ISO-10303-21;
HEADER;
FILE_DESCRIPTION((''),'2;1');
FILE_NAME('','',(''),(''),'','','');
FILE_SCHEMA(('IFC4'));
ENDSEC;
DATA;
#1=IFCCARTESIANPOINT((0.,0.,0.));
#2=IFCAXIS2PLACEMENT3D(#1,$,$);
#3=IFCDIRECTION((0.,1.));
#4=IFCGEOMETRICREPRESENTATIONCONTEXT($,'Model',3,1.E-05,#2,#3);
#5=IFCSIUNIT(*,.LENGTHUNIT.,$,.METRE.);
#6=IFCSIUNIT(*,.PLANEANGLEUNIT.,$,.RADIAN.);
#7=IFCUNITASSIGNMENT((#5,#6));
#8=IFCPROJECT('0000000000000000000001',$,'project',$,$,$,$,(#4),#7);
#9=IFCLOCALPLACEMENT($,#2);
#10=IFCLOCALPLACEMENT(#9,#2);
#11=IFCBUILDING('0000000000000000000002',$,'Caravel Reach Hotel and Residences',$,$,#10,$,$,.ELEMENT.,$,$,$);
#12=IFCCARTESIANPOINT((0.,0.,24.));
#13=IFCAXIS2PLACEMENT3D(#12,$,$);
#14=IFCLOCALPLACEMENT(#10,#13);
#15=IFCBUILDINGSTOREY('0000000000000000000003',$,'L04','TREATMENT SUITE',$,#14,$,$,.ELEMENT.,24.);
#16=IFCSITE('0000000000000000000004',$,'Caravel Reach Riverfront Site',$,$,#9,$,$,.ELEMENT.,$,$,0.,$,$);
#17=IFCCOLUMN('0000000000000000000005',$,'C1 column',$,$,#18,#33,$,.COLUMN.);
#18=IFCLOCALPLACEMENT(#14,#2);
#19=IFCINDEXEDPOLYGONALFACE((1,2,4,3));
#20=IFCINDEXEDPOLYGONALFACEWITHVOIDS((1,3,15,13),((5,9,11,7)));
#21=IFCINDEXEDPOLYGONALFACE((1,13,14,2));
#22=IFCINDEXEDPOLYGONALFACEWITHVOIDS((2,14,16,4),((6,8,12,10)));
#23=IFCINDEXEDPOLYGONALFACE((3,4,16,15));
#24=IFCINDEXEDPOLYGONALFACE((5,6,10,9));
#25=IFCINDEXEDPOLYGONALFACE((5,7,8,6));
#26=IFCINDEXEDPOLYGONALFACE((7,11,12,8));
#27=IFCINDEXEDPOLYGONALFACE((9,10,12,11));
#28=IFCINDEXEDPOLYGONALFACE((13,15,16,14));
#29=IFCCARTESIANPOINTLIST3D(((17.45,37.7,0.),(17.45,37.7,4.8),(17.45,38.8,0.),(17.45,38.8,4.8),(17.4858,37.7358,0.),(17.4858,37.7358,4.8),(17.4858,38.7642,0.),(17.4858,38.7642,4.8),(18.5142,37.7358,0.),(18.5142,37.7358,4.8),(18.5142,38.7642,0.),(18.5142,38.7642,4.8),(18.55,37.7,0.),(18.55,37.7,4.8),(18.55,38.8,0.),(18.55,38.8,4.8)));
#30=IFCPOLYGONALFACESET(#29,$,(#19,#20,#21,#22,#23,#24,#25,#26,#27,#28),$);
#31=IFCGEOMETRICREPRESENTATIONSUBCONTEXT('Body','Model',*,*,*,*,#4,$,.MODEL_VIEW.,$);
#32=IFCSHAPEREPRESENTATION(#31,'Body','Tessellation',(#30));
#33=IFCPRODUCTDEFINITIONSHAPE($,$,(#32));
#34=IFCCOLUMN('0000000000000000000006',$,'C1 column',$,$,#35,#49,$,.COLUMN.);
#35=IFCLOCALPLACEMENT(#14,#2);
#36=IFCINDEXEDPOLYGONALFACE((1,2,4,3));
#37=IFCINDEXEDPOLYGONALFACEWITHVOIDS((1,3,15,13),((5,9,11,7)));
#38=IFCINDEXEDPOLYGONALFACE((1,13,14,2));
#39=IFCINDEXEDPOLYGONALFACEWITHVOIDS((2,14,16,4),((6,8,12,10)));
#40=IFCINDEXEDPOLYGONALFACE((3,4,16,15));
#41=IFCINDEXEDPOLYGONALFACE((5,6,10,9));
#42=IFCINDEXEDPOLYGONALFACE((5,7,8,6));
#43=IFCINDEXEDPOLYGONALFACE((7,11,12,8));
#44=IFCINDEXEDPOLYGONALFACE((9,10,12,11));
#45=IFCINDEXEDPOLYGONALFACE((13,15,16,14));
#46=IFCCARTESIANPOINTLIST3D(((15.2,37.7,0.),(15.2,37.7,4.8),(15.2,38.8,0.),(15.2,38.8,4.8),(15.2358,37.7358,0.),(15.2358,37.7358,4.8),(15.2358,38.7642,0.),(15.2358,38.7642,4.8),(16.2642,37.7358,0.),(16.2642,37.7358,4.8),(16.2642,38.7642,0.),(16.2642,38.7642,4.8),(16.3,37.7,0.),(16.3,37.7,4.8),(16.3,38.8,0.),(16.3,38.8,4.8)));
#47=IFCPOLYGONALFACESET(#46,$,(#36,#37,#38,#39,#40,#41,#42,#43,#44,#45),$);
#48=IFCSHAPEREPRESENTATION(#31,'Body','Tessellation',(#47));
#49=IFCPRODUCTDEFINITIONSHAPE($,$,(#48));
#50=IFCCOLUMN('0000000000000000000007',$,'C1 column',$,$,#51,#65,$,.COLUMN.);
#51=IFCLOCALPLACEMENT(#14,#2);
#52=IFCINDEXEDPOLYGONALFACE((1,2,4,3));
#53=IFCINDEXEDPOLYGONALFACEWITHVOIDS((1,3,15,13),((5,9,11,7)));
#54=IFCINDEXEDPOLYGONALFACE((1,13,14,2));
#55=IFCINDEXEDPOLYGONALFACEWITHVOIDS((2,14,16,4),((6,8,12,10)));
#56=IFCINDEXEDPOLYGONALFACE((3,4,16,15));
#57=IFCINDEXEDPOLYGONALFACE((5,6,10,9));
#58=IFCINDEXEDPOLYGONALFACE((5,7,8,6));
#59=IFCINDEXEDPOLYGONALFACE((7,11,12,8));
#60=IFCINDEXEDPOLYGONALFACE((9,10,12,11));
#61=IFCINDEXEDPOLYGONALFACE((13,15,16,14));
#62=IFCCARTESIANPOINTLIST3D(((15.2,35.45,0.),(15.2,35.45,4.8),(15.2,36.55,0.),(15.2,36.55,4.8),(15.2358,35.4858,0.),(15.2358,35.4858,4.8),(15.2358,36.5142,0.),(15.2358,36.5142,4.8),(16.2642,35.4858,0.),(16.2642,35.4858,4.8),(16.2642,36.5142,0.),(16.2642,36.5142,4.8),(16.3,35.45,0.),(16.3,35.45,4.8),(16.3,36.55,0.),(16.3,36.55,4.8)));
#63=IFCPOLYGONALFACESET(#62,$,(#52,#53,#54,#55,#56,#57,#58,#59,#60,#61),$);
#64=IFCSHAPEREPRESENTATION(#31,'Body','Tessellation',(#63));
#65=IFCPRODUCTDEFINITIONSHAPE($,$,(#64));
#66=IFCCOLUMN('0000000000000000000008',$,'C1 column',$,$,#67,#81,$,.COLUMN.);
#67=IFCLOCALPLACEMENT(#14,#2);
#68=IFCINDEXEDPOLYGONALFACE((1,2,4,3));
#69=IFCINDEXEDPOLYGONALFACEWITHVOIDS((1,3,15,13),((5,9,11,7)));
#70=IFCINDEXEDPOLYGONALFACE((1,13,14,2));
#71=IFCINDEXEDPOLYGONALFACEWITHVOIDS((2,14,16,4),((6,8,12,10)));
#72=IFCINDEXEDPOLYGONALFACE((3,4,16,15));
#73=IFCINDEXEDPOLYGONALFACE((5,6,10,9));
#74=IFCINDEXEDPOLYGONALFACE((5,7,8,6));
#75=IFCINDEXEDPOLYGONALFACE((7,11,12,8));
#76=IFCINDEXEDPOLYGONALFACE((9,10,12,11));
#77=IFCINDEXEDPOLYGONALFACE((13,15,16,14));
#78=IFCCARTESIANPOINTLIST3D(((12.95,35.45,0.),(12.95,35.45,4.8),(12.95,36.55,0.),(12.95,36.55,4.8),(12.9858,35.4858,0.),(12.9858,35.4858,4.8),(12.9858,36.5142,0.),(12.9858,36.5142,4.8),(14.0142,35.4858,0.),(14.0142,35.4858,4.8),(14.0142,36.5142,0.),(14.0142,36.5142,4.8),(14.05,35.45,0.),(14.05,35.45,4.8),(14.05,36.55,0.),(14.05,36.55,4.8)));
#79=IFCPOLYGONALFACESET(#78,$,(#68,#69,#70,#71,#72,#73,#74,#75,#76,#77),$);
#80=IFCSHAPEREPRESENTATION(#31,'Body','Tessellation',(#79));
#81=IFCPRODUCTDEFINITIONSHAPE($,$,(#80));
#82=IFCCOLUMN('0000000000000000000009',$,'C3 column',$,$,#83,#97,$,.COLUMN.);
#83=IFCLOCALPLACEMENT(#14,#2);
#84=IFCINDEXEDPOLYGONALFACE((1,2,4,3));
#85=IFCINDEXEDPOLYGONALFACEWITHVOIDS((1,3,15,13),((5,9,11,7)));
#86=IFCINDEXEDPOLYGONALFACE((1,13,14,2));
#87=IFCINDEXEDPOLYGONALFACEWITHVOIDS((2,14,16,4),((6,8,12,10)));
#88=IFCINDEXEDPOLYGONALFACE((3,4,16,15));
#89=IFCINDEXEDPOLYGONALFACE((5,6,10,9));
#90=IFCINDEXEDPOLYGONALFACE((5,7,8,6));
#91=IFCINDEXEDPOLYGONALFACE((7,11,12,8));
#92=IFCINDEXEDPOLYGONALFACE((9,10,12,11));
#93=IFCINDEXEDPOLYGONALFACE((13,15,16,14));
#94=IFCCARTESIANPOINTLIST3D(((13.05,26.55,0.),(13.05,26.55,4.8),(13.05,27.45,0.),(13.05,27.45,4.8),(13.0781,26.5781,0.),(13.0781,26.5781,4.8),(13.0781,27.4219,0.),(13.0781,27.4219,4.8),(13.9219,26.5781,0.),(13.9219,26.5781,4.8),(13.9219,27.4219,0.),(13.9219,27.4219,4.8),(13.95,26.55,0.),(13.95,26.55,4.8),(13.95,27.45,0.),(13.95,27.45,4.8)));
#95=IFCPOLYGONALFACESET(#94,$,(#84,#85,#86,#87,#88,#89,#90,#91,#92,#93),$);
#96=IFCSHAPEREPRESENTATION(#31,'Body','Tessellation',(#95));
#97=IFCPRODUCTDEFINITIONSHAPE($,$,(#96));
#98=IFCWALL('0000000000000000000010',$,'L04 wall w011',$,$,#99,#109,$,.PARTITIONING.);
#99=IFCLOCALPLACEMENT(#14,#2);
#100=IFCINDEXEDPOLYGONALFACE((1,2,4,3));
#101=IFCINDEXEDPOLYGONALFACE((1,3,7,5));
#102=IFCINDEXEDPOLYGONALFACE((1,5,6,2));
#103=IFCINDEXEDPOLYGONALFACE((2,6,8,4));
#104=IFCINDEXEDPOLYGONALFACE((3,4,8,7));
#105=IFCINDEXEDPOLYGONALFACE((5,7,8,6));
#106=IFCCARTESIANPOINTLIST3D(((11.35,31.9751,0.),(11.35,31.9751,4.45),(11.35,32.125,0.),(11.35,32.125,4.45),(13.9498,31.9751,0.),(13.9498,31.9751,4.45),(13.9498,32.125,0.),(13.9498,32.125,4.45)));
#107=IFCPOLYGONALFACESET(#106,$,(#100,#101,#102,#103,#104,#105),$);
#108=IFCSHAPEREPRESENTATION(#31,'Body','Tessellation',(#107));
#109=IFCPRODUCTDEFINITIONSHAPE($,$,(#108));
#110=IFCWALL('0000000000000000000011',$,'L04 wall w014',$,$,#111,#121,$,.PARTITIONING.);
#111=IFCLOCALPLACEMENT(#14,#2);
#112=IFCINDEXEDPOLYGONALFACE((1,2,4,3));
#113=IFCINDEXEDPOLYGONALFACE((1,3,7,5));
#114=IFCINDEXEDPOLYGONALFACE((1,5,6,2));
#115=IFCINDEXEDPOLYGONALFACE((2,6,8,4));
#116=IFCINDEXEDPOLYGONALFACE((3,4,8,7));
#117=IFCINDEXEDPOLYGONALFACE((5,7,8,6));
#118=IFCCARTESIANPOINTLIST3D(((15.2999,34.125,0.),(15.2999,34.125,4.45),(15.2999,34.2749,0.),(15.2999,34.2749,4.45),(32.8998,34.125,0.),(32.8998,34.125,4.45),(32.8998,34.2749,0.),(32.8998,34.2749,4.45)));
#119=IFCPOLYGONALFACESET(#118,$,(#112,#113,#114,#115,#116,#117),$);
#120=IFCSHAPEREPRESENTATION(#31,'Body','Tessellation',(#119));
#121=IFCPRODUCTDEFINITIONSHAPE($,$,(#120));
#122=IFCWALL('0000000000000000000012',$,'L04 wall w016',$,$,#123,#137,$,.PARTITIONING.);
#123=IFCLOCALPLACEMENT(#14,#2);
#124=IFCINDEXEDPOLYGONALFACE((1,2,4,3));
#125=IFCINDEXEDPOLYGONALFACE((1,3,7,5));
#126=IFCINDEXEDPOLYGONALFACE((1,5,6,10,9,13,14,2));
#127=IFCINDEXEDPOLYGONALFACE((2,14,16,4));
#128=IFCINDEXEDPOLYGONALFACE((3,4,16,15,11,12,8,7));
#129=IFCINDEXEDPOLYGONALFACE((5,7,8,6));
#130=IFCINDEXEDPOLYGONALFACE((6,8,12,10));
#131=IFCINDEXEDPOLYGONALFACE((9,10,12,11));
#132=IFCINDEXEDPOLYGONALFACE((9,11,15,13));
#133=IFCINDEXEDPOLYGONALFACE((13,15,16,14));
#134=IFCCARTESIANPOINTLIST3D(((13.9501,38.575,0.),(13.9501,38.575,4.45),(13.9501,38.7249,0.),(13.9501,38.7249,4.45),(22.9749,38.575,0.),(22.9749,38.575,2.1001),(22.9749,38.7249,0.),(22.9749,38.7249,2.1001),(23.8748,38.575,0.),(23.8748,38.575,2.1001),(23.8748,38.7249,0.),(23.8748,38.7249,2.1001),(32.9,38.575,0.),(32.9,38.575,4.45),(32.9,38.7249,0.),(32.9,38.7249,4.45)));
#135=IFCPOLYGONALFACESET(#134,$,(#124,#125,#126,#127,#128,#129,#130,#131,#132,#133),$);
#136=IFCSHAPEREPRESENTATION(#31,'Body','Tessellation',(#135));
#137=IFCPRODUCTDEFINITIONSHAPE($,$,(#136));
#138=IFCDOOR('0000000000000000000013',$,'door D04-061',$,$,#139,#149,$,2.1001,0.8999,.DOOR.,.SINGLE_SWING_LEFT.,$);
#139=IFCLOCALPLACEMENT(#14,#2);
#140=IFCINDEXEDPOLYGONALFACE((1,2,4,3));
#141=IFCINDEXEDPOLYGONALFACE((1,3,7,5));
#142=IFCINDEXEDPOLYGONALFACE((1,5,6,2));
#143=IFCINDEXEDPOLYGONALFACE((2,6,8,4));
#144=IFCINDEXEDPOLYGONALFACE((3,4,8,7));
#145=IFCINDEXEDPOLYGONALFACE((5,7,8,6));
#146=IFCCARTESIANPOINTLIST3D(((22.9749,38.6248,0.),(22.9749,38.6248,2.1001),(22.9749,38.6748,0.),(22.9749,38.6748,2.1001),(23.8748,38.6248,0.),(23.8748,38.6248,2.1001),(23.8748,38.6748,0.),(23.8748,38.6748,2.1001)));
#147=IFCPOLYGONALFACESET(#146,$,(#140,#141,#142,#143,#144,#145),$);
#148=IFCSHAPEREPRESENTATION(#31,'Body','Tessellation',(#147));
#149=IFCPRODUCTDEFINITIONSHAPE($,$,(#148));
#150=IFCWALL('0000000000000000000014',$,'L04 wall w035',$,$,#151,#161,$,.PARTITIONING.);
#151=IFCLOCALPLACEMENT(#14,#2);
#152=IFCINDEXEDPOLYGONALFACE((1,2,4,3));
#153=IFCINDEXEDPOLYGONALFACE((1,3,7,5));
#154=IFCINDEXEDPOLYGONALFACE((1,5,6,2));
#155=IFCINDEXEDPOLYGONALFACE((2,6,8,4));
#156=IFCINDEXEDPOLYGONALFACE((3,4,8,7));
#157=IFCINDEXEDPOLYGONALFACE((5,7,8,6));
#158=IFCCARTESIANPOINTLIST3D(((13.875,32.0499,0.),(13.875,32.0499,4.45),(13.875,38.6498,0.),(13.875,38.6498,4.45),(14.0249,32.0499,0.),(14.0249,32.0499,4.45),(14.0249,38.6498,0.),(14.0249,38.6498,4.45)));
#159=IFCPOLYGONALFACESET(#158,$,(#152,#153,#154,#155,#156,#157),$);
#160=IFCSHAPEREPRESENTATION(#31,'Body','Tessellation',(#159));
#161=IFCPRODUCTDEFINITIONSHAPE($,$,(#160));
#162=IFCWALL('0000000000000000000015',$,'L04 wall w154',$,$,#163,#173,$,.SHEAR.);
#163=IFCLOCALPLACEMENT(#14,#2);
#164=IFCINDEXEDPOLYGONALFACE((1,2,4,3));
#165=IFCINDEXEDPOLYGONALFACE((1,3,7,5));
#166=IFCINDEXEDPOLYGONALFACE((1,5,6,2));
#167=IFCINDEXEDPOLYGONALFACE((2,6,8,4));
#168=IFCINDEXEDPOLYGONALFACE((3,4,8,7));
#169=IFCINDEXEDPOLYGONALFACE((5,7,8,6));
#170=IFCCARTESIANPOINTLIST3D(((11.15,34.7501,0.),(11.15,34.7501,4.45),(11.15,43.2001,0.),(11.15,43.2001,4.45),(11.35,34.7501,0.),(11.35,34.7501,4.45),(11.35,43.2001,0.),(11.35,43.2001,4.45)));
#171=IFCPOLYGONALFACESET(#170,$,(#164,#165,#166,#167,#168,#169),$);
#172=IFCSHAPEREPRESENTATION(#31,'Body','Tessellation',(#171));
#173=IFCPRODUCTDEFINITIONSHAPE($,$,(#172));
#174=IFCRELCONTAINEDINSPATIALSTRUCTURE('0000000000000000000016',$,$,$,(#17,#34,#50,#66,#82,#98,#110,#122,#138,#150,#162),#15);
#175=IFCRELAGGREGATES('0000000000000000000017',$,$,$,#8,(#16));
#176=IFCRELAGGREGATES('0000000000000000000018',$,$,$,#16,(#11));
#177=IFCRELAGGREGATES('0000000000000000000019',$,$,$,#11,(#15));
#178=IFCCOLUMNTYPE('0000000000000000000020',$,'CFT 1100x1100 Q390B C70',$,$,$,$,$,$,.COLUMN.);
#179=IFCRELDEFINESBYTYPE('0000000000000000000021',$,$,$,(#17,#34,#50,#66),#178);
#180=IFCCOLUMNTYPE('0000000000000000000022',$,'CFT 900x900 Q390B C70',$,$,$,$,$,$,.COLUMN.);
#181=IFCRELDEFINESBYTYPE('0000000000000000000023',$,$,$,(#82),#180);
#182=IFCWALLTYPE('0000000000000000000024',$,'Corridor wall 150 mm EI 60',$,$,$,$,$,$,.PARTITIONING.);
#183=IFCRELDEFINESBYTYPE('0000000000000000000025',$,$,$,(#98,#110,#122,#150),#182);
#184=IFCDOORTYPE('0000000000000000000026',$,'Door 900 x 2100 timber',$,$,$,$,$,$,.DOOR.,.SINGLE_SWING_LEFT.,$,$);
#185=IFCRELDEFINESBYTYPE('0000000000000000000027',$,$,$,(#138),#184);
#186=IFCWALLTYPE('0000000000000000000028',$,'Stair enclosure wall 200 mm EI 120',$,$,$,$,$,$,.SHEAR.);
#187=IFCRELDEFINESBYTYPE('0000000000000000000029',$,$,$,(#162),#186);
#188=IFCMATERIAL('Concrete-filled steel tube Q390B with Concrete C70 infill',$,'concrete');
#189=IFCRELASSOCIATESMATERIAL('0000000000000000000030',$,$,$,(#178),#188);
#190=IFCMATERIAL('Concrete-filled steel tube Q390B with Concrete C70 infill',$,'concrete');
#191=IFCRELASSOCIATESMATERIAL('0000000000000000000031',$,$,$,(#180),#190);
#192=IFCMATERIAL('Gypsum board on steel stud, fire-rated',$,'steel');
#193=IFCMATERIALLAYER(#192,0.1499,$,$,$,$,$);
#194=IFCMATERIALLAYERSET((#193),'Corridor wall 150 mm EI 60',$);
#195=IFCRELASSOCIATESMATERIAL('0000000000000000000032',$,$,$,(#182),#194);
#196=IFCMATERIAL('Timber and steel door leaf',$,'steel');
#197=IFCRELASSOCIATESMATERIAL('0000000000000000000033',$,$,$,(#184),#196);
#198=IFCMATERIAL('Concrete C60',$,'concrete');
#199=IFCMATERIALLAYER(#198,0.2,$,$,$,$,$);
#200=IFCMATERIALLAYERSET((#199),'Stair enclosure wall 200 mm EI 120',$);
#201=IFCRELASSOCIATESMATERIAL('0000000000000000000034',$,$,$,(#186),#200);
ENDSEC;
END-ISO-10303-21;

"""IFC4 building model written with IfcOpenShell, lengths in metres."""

from ifc_helpers import new_model, si_unit, direction, frame, frame_2d, origin, origin_2d, place, context, subcontext, project, spatial, rectangle, hollow_rectangle, extrude, material, layer, layer_set, material_profile, profile_set, type_object, element, fill, save


model = new_model("IFC4")

# Units and contexts
model_context = context("Model", 3, precision=1e-05, world=origin(), true_north=direction((0.0, 1.0)))
body_context = subcontext(model_context, "Body", "Model", "MODEL_VIEW")
ifc_project = project(units=[si_unit("LENGTHUNIT", "METRE"), si_unit("PLANEANGLEUNIT", "RADIAN")], contexts=[model_context])

# Site, building, storey
site_placement = place(None, origin())
site = spatial("IfcSite", under=ifc_project, at=site_placement, Name="Caravel Reach Riverfront Site", CompositionType="ELEMENT", RefElevation=0.0)
building_placement = place(site_placement, origin())
building = spatial("IfcBuilding", under=site, at=building_placement, Name="Caravel Reach Hotel and Residences", CompositionType="ELEMENT")
storey_placement = place(building_placement, frame((0.0, 0.0, 24.0)))
storey = spatial("IfcBuildingStorey", under=building, at=storey_placement, Name="L04", Description="TREATMENT SUITE", CompositionType="ELEMENT", Elevation=24.0)

# Columns
ifc_material_1 = material(Name="Concrete-filled steel tube Q390B with Concrete C70 infill", Category="concrete")
ifc_material_profile_1 = material_profile(ifc_material_1, hollow_rectangle(XDim=1.1001, YDim=1.1001, WallThickness=0.0359, at=origin_2d()), Name="RHS 1100x1100x36")
ifc_profile_set_1 = profile_set([ifc_material_profile_1], Name="Concrete-filled steel tube Q390B with Concrete C70 infill")
column_type_1 = type_object("IfcColumnType", Name="CFT 1100x1100 Q390B C70", PredefinedType="COLUMN", material=ifc_profile_set_1)
for number, where, z_axis, x_axis, name in (
    (1, (18.0, 38.25, 0.0), (0.0, 0.0, 1.0), (1.0, 0.0, 0.0), "C1 column"),
    (2, (15.75, 38.25, 0.0), (0.0, 0.0, 1.0), (1.0, 0.0, 0.0), "C1 column"),
    (3, (15.75, 36.0, 0.0), (0.0, 0.0, 1.0), (1.0, 0.0, 0.0), "C1 column"),
    (4, (13.5, 36.0, 0.0), (0.0, 0.0, 1.0), (1.0, 0.0, 0.0), "C1 column"),
):
    element("IfcColumn", number, at=place(storey_placement, frame(where, z_axis=z_axis, x_axis=x_axis)), inside=storey, type_object=column_type_1, Name=name, PredefinedType="COLUMN", context=body_context, shape_type="SweptSolid", body=[
        extrude(hollow_rectangle(XDim=1.1001, YDim=1.1001, WallThickness=0.0359, at=origin_2d()), origin(), (0.0, 0.0, 1.0), 4.8),
    ])
ifc_material_2 = material(Name="Concrete-filled steel tube Q390B with Concrete C70 infill", Category="concrete")
ifc_material_profile_2 = material_profile(ifc_material_2, hollow_rectangle(XDim=0.8999, YDim=0.8999, WallThickness=0.0281, at=origin_2d()), Name="RHS 900x900x28")
ifc_profile_set_2 = profile_set([ifc_material_profile_2], Name="Concrete-filled steel tube Q390B with Concrete C70 infill")
column_type_2 = type_object("IfcColumnType", Name="CFT 900x900 Q390B C70", PredefinedType="COLUMN", material=ifc_profile_set_2)
column_placement = place(storey_placement, frame((13.5, 27.0, 0.0), z_axis=(0.0, 0.0, 1.0), x_axis=(1.0, 0.0, 0.0)))
element("IfcColumn", 5, at=column_placement, inside=storey, type_object=column_type_2, Name="C3 column", PredefinedType="COLUMN", context=body_context, shape_type="SweptSolid", body=[
    extrude(hollow_rectangle(XDim=0.8999, YDim=0.8999, WallThickness=0.0281, at=origin_2d()), origin(), (0.0, 0.0, 1.0), 4.8),
])

# Walls
ifc_material_3 = material(Name="Gypsum board on steel stud, fire-rated", Category="steel")
ifc_layer_1 = layer(ifc_material_3, 0.1499)
ifc_layer_set_1 = layer_set([ifc_layer_1], Name="Corridor wall 150 mm EI 60")
wall_type_1 = type_object("IfcWallType", Name="Corridor wall 150 mm EI 60", PredefinedType="PARTITIONING", material=ifc_layer_set_1)
wall_1_placement = place(storey_placement, frame((11.3501, 32.05, 0.0), z_axis=(0.0, 0.0, 1.0), x_axis=(1.0, 0.0, 0.0)))
element("IfcWall", 6, at=wall_1_placement, inside=storey, type_object=wall_type_1, Name="L04 wall w011", PredefinedType="PARTITIONING", context=body_context, shape_type="SweptSolid", body=[
    extrude(rectangle(XDim=2.5999, YDim=0.1499, at=frame_2d((1.2998, 0.0))), origin(), (0.0, 0.0, 1.0), 4.45),
])
wall_2_placement = place(storey_placement, frame((15.3, 34.2, 0.0), z_axis=(0.0, 0.0, 1.0), x_axis=(1.0, 0.0, 0.0)))
element("IfcWall", 7, at=wall_2_placement, inside=storey, type_object=wall_type_1, Name="L04 wall w014", PredefinedType="PARTITIONING", context=body_context, shape_type="SweptSolid", body=[
    extrude(rectangle(XDim=17.5999, YDim=0.1499, at=frame_2d((8.7998, 0.0))), origin(), (0.0, 0.0, 1.0), 4.45),
])

# Wall, opening, door
wall_3_placement = place(storey_placement, frame((13.95, 38.6499, 0.0), z_axis=(0.0, 0.0, 1.0), x_axis=(1.0, 0.0, 0.0)))
wall_3 = element("IfcWall", 8, at=wall_3_placement, inside=storey, type_object=wall_type_1, Name="L04 wall w016", PredefinedType="PARTITIONING", context=body_context, shape_type="SweptSolid", body=[
    extrude(rectangle(XDim=18.95, YDim=0.1499, at=frame_2d((9.4751, 0.0))), origin(), (0.0, 0.0, 1.0), 4.45),
])
opening_placement = place(wall_3_placement, frame((9.0249, 0.0, 0.0)))
opening = element("IfcOpeningElement", 9, at=opening_placement, cuts=wall_3, PredefinedType="OPENING", context=body_context, shape_type="SweptSolid", body=[
    extrude(rectangle(XDim=0.8999, YDim=2.1001, at=frame_2d((0.45, 1.05))), frame((0.0, 0.085, 0.0), z_axis=(0.0, -1.0, 0.0), x_axis=(1.0, 0.0, 0.0)), (0.0, 0.0, 1.0), 0.1699),
])
ifc_material_4 = material(Name="Timber and steel door leaf", Category="steel")
door_type = type_object("IfcDoorType", Name="Door 900 x 2100 timber", OperationType="SINGLE_SWING_LEFT", PredefinedType="DOOR", material=ifc_material_4)
door_placement = place(opening_placement, origin())
door = element("IfcDoor", 10, at=door_placement, inside=storey, type_object=door_type, Name="door D04-061", OperationType="SINGLE_SWING_LEFT", OverallHeight=2.1001, OverallWidth=0.8999, PredefinedType="DOOR", context=body_context, shape_type="SweptSolid", body=[
    extrude(rectangle(XDim=0.8999, YDim=2.1001, at=frame_2d((0.45, 1.05))), frame((0.0, 0.0249, 0.0), z_axis=(0.0, -1.0, 0.0), x_axis=(1.0, 0.0, 0.0)), (0.0, 0.0, 1.0), 0.05),
])
fill(opening, door)

# Walls
wall_4_placement = place(storey_placement, frame((13.95, 32.05, 0.0), z_axis=(0.0, 0.0, 1.0), x_axis=(0.0, 1.0, 0.0)))
element("IfcWall", 11, at=wall_4_placement, inside=storey, type_object=wall_type_1, Name="L04 wall w035", PredefinedType="PARTITIONING", context=body_context, shape_type="SweptSolid", body=[
    extrude(rectangle(XDim=6.5999, YDim=0.1499, at=frame_2d((3.2998, 0.0))), origin(), (0.0, 0.0, 1.0), 4.45),
])
ifc_material_5 = material(Name="Concrete C60", Category="concrete")
ifc_layer_2 = layer(ifc_material_5, 0.2)
ifc_layer_set_2 = layer_set([ifc_layer_2], Name="Stair enclosure wall 200 mm EI 120")
wall_type_2 = type_object("IfcWallType", Name="Stair enclosure wall 200 mm EI 120", PredefinedType="SHEAR", material=ifc_layer_set_2)
wall_5_placement = place(storey_placement, frame((11.25, 34.75, 0.0), z_axis=(0.0, 0.0, 1.0), x_axis=(0.0, 1.0, 0.0)))
element("IfcWall", 12, at=wall_5_placement, inside=storey, type_object=wall_type_2, Name="L04 wall w154", PredefinedType="SHEAR", context=body_context, shape_type="SweptSolid", body=[
    extrude(rectangle(XDim=8.45, YDim=0.2, at=frame_2d((4.2251, 0.0))), origin(), (0.0, 0.0, 1.0), 4.45),
])

save(model, "model.ifc")
